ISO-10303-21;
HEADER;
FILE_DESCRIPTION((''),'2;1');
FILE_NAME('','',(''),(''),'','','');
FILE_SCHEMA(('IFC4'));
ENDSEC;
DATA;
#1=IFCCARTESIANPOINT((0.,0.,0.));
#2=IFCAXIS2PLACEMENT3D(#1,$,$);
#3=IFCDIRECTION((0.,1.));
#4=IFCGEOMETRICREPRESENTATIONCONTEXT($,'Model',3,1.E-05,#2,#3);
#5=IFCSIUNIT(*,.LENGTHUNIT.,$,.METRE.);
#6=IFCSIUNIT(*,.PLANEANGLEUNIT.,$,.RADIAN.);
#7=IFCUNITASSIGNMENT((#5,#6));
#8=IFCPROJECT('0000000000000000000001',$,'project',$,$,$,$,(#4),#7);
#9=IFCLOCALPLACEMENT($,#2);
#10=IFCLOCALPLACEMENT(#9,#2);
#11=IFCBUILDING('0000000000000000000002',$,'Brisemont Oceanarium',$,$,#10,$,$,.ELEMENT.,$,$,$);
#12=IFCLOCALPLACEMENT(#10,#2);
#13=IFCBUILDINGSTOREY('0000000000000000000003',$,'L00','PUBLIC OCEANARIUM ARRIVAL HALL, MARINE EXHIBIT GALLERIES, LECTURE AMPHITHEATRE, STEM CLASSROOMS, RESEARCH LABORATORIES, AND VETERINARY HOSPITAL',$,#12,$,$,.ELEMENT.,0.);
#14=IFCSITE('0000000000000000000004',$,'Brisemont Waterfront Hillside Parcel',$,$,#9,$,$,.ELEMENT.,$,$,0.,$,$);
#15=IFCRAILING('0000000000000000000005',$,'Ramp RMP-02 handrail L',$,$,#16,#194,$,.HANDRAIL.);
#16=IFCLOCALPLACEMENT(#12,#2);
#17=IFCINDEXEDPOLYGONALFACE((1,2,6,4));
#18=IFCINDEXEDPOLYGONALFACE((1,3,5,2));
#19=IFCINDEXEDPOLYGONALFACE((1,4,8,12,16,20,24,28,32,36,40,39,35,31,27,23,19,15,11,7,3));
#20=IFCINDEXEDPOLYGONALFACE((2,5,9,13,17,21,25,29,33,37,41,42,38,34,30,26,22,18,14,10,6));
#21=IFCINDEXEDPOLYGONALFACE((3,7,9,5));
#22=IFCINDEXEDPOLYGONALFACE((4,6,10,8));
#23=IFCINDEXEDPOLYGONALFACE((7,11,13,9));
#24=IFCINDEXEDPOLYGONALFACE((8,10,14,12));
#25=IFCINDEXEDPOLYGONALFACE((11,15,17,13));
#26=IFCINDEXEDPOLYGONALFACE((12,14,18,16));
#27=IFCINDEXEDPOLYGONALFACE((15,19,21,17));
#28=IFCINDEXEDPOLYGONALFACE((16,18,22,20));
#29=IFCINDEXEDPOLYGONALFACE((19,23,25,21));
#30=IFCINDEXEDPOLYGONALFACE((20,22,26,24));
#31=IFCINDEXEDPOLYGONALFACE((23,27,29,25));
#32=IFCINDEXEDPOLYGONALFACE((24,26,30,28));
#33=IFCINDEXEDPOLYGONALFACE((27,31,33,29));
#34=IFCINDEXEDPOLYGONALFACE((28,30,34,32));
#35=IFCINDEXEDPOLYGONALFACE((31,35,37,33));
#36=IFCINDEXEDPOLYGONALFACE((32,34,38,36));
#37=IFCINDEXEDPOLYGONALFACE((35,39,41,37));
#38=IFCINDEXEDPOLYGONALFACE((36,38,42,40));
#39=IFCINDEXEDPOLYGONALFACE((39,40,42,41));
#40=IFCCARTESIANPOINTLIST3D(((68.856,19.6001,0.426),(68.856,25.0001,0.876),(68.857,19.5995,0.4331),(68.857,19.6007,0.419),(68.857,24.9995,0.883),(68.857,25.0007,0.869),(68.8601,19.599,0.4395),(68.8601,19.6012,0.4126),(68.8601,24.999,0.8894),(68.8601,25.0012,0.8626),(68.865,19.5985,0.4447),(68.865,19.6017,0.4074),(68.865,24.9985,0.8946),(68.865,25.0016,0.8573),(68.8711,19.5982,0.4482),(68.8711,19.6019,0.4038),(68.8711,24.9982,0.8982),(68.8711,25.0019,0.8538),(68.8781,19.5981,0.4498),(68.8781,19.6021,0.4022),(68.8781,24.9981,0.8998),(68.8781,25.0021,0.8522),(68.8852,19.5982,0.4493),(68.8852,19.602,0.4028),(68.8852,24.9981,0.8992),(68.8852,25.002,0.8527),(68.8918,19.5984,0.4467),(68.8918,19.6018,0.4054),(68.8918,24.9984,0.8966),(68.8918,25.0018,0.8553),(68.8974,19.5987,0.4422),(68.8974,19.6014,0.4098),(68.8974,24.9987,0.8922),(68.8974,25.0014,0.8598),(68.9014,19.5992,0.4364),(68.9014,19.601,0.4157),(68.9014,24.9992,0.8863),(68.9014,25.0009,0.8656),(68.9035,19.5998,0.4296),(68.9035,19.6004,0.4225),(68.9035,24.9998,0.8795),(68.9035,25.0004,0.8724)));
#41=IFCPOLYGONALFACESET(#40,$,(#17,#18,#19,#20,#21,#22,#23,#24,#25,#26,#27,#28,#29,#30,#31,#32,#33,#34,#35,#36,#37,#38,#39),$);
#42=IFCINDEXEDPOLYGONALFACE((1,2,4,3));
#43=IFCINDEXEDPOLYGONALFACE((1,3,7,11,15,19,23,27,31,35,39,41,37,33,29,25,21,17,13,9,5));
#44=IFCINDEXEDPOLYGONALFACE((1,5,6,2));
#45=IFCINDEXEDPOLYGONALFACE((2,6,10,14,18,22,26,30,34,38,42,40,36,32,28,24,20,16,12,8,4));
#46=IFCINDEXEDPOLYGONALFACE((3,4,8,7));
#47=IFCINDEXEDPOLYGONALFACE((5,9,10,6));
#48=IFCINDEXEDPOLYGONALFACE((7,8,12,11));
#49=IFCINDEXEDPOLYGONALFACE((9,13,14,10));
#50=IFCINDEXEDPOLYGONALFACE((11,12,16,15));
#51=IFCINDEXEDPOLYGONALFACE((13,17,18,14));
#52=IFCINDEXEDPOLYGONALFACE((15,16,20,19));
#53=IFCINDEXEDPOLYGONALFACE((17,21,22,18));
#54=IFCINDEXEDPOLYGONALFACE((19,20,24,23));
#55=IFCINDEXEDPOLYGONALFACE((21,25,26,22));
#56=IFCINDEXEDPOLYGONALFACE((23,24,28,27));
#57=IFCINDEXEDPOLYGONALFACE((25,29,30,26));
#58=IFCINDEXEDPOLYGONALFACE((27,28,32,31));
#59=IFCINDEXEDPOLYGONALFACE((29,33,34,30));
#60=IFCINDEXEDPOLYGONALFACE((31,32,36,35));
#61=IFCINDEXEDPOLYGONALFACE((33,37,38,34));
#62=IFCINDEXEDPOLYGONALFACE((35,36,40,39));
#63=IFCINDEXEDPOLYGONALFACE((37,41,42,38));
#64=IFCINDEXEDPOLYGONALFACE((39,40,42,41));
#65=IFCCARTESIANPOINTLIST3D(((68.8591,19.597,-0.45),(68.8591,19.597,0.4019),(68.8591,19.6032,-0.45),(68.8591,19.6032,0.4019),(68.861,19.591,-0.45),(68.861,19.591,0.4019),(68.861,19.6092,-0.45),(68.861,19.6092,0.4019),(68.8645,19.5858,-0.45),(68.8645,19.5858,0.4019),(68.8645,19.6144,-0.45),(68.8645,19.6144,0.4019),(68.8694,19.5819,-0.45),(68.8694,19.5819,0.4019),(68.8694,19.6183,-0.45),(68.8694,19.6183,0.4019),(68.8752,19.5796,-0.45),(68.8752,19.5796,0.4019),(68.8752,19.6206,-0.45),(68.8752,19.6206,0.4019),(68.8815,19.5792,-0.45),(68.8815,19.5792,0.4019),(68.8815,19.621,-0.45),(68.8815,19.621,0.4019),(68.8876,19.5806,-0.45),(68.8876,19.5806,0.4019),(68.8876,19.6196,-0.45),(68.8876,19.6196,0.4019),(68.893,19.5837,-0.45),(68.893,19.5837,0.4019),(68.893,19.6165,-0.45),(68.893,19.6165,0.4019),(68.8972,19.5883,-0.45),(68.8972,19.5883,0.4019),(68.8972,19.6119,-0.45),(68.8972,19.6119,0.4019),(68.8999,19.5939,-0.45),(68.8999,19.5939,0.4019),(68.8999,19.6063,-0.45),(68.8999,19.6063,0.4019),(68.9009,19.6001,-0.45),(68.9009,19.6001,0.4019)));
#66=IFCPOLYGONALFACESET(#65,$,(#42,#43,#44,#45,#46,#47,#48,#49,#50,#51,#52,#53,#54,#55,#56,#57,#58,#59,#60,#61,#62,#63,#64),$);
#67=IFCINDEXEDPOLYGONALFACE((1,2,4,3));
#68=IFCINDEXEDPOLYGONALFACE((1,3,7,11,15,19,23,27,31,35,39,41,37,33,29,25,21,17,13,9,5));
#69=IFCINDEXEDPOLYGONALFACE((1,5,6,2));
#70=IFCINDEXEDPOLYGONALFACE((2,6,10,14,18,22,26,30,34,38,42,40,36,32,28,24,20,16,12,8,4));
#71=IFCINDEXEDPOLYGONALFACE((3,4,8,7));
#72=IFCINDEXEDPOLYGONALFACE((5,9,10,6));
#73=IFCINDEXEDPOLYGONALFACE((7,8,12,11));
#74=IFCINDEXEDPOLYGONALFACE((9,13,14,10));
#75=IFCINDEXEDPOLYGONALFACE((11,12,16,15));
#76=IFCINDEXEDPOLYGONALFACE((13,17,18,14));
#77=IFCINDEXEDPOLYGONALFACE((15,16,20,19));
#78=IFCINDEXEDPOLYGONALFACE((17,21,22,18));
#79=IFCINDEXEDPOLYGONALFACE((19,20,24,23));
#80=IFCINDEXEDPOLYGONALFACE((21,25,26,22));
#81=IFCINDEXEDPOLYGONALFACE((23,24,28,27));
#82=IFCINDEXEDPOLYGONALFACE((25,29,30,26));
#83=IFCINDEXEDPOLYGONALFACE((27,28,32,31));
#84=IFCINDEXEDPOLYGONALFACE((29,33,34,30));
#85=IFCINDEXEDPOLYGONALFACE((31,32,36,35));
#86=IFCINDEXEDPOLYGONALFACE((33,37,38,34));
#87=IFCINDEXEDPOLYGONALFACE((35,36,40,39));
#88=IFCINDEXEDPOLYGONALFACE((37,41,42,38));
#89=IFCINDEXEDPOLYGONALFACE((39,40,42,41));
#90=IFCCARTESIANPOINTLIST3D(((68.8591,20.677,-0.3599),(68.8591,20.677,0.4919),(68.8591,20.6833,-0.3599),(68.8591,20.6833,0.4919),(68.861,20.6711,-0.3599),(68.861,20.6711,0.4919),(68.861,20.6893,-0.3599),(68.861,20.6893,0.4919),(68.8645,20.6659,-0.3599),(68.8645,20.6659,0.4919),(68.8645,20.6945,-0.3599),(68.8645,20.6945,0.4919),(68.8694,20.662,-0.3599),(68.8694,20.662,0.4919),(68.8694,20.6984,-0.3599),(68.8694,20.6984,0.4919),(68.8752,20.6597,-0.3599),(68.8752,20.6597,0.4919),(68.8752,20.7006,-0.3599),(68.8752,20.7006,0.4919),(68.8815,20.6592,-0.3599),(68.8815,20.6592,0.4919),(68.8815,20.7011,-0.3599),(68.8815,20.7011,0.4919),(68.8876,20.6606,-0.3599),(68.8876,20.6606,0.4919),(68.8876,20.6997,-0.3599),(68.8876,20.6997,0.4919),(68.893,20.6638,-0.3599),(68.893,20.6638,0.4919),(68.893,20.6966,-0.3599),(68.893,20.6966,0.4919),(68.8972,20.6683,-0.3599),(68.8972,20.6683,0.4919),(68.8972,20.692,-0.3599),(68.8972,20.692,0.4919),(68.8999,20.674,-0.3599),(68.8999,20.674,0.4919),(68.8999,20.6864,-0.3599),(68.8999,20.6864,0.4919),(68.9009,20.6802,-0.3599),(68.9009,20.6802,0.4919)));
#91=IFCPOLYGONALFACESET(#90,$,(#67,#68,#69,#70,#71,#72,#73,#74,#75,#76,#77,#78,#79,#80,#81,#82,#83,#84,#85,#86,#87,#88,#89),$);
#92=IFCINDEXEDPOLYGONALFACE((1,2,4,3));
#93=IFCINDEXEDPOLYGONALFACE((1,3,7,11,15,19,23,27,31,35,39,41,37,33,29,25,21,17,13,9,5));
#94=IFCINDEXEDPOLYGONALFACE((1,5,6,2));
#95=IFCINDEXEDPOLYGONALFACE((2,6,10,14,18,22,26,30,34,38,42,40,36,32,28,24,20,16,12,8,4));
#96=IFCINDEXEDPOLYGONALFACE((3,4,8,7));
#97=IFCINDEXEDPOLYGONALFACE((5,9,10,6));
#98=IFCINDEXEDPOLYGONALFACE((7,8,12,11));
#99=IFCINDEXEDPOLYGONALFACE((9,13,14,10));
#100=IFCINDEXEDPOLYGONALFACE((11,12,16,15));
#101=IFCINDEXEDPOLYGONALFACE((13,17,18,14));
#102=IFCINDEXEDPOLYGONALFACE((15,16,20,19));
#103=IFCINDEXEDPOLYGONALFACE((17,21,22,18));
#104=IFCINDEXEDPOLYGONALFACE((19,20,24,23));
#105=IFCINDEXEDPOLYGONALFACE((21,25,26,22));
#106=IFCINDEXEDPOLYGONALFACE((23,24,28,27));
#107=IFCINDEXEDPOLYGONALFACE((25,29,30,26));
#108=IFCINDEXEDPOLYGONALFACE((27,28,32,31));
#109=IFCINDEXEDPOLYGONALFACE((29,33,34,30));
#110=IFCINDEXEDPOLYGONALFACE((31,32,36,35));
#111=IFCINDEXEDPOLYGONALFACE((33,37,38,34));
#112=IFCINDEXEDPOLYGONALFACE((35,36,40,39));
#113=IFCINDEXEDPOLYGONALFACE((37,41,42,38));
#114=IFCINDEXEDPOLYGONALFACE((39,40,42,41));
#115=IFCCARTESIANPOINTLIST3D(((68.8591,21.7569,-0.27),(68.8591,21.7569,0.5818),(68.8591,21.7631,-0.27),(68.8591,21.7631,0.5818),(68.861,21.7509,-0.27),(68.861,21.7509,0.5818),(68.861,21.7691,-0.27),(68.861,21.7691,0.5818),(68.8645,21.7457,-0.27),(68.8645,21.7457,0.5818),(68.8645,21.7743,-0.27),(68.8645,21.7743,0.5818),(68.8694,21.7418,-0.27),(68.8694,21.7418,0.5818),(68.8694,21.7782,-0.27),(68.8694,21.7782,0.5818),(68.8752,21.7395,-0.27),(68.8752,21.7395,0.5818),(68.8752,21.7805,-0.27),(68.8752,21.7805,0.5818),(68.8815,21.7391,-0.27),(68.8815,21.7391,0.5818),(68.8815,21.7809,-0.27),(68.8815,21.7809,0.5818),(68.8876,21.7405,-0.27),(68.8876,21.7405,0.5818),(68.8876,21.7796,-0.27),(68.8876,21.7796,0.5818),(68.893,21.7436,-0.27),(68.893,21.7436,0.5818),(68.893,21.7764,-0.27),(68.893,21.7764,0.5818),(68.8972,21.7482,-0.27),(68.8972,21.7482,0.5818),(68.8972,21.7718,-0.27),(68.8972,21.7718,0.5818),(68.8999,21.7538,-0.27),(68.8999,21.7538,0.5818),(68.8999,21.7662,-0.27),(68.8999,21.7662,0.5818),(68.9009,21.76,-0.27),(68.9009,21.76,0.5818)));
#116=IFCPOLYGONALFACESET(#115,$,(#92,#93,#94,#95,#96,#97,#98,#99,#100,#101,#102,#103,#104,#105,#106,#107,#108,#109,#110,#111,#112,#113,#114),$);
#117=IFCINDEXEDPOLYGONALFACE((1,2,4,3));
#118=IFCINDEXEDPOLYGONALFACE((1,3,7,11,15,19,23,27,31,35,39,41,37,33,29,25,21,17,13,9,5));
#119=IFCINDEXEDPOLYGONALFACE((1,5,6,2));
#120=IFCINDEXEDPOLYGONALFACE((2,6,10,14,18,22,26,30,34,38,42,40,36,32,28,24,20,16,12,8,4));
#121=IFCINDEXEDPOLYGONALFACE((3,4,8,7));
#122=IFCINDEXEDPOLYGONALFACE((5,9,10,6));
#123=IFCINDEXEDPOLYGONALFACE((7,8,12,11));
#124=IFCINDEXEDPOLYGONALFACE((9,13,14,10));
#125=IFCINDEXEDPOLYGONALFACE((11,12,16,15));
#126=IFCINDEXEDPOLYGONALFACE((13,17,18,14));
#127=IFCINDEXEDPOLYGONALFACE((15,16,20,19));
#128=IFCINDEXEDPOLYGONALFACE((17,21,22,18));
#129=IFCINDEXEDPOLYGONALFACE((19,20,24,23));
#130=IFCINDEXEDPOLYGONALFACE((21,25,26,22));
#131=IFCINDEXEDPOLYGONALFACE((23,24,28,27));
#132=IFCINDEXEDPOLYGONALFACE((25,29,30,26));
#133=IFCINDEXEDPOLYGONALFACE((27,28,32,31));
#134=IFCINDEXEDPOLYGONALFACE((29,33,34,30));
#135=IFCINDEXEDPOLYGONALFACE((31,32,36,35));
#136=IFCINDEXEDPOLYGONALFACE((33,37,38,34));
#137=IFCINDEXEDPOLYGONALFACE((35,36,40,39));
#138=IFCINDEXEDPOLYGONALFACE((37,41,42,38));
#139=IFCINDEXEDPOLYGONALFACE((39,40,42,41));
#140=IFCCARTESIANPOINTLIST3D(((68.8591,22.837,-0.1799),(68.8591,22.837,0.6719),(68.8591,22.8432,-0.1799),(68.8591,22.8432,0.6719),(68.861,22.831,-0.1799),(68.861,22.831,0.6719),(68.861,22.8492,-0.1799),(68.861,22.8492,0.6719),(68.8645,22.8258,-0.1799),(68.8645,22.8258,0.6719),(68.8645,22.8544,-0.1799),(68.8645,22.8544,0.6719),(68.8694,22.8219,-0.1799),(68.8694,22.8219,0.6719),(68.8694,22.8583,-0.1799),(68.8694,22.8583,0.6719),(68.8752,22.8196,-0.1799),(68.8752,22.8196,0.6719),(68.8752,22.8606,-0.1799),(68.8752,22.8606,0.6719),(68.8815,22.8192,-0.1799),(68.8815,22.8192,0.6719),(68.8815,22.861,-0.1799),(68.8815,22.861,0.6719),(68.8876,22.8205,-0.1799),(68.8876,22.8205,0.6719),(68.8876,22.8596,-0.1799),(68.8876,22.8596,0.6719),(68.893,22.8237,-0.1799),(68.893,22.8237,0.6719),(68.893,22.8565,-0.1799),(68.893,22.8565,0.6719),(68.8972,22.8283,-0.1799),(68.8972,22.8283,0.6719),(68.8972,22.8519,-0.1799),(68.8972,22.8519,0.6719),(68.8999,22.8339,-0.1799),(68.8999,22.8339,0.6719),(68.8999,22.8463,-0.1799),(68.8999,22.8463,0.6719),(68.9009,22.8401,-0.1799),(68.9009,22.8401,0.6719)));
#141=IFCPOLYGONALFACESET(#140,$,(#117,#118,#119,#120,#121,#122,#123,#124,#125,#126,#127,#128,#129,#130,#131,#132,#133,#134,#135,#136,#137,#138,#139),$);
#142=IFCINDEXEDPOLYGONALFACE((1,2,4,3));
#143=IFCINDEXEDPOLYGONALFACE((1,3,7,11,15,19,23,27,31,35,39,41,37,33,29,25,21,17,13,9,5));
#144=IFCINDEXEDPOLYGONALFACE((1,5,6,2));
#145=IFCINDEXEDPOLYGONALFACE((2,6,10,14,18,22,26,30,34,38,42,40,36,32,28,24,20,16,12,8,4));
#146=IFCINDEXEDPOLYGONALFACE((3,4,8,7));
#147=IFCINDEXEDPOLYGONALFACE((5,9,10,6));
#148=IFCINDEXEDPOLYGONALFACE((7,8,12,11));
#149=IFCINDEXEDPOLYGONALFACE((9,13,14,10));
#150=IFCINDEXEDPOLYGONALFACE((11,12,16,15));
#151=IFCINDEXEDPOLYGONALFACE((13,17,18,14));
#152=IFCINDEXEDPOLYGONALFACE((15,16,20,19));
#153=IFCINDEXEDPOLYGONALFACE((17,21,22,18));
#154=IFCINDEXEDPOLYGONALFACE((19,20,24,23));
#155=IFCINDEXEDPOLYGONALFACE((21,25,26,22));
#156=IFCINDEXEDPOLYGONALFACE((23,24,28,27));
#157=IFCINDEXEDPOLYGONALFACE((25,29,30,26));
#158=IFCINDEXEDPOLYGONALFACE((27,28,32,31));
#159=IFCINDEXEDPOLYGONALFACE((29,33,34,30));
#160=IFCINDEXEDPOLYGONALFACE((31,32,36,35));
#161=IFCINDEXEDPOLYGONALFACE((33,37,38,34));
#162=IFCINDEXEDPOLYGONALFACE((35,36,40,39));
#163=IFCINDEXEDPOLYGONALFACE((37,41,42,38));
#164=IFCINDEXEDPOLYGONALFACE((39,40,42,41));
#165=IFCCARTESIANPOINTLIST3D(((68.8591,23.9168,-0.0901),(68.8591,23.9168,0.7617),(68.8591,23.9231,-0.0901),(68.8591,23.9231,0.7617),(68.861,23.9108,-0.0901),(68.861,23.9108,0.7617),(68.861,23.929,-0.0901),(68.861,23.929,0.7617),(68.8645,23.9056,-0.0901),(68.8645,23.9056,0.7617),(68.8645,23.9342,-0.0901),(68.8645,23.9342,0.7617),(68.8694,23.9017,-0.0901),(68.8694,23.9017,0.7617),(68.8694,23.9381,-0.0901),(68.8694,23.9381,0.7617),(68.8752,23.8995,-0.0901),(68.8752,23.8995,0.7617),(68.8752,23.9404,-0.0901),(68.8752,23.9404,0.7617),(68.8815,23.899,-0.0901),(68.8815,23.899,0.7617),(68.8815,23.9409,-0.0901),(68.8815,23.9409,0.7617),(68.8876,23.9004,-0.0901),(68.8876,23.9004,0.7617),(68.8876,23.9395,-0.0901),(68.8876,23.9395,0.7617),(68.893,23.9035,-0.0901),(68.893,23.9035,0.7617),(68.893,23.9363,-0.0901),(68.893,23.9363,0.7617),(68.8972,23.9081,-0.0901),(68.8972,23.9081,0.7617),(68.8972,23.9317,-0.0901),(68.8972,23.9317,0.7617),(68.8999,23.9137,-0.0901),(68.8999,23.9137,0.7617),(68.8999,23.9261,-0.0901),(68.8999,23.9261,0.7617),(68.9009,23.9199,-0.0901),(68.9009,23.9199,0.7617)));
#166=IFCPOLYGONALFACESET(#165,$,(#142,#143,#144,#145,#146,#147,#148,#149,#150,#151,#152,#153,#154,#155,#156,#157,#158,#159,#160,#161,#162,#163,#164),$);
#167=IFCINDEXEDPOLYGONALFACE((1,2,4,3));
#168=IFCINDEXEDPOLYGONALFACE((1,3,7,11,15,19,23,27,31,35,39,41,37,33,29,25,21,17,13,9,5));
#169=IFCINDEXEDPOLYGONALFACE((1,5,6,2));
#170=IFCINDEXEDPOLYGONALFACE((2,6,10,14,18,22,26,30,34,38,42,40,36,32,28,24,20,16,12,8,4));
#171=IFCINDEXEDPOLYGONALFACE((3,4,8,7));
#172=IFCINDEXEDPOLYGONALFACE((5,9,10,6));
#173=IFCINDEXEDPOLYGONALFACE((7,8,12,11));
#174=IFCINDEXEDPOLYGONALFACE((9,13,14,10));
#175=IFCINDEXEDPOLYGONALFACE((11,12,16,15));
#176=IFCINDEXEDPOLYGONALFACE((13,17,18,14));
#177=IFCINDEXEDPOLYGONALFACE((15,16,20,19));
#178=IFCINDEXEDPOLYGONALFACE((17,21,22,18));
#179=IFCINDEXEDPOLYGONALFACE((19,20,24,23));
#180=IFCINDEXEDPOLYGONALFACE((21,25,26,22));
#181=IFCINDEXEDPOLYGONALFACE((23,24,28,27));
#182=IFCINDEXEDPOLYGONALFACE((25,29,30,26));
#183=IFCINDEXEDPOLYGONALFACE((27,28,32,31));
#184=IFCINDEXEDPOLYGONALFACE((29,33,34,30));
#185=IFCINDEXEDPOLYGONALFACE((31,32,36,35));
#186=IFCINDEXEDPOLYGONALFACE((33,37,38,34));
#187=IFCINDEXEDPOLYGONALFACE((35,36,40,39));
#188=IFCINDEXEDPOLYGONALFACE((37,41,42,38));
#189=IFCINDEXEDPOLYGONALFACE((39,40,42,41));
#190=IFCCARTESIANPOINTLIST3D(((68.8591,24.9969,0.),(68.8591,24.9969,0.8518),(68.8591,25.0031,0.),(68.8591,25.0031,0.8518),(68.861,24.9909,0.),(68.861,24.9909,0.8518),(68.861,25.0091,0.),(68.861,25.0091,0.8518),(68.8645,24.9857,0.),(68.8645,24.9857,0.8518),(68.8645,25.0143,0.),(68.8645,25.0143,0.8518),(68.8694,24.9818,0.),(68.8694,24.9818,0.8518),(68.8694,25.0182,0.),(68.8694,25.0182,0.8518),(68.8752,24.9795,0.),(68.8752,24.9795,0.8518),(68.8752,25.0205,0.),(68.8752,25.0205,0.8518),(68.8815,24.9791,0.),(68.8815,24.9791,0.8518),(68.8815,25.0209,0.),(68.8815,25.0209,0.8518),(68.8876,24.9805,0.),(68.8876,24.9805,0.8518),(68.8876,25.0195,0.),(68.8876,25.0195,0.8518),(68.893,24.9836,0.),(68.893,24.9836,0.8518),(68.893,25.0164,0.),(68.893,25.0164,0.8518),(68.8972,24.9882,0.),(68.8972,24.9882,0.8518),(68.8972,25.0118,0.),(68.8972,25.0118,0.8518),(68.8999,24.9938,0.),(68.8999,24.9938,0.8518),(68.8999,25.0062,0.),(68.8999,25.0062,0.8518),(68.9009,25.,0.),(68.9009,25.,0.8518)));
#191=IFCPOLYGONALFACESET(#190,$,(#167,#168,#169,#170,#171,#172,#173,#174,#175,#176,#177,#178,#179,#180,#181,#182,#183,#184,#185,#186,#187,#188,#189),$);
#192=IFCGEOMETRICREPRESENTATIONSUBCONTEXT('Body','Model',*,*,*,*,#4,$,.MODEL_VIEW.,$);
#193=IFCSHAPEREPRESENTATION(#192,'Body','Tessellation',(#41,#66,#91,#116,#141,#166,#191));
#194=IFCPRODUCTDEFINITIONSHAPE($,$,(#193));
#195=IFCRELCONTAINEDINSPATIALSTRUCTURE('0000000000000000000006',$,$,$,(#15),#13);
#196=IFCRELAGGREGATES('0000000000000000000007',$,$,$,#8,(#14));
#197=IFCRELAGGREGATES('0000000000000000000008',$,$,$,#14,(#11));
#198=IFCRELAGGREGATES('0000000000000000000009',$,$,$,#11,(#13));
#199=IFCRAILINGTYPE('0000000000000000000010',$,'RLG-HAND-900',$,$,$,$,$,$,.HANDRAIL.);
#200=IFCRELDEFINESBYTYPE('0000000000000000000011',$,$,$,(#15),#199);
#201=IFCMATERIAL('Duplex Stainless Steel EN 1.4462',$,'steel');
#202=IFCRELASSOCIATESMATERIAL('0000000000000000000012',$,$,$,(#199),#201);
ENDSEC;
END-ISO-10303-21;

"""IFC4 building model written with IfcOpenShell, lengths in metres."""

from ifc_helpers import new_model, si_unit, direction, frame, origin, origin_2d, place, context, subcontext, project, spatial, circle, extrude, material, type_object, element, save


model = new_model("IFC4")

# Units and contexts
model_context = context("Model", 3, precision=1e-05, world=origin(), true_north=direction((0.0, 1.0)))
body_context = subcontext(model_context, "Body", "Model", "MODEL_VIEW")
ifc_project = project(units=[si_unit("LENGTHUNIT", "METRE"), si_unit("PLANEANGLEUNIT", "RADIAN")], contexts=[model_context])

# Site, building, storey
site_placement = place(None, origin())
site = spatial("IfcSite", under=ifc_project, at=site_placement, Name="Brisemont Waterfront Hillside Parcel", CompositionType="ELEMENT", RefElevation=0.0)
building_placement = place(site_placement, origin())
building = spatial("IfcBuilding", under=site, at=building_placement, Name="Brisemont Oceanarium", CompositionType="ELEMENT")
storey_placement = place(building_placement, origin())
storey = spatial("IfcBuildingStorey", under=building, at=storey_placement, Name="L00", Description="PUBLIC OCEANARIUM ARRIVAL HALL, MARINE EXHIBIT GALLERIES, LECTURE AMPHITHEATRE, STEM CLASSROOMS, RESEARCH LABORATORIES, AND VETERINARY HOSPITAL", CompositionType="ELEMENT", Elevation=0.0)

# Railing
ifc_material_1 = material(Name="Duplex Stainless Steel EN 1.4462", Category="steel")
railing_type = type_object("IfcRailingType", Name="RLG-HAND-900", PredefinedType="HANDRAIL", material=ifc_material_1)
for number, where, name in (
    (1, (68.8799, 19.6001, -0.45), "Ramp RMP-02 handrail L"),
):
    element("IfcRailing", number, at=place(storey_placement, frame(where)), inside=storey, type_object=railing_type, Name=name, PredefinedType="HANDRAIL", context=body_context, shape_type="SweptSolid", body=[
        extrude(circle(Radius=0.0239, at=origin_2d()), frame((0.0, 0.0, 0.876), z_axis=(0.0, 0.996546, 0.083038), x_axis=(-1.0, 0.0, 0.0)), (0.0, 0.0, 1.0), 5.4187),
        extrude(circle(Radius=0.021, at=origin_2d()), origin(), (0.0, 0.0, 1.0), 0.8518),
        extrude(circle(Radius=0.021, at=origin_2d()), frame((0.0, 1.0801, 0.0901)), (0.0, 0.0, 1.0), 0.8518),
        extrude(circle(Radius=0.021, at=origin_2d()), frame((0.0, 2.1599, 0.1799)), (0.0, 0.0, 1.0), 0.8518),
        extrude(circle(Radius=0.021, at=origin_2d()), frame((0.0, 3.24, 0.27)), (0.0, 0.0, 1.0), 0.8518),
        extrude(circle(Radius=0.021, at=origin_2d()), frame((0.0, 4.3198, 0.3599)), (0.0, 0.0, 1.0), 0.8518),
        extrude(circle(Radius=0.021, at=origin_2d()), frame((0.0, 5.3999, 0.45)), (0.0, 0.0, 1.0), 0.8518),
    ])

save(model, "model.ifc")
